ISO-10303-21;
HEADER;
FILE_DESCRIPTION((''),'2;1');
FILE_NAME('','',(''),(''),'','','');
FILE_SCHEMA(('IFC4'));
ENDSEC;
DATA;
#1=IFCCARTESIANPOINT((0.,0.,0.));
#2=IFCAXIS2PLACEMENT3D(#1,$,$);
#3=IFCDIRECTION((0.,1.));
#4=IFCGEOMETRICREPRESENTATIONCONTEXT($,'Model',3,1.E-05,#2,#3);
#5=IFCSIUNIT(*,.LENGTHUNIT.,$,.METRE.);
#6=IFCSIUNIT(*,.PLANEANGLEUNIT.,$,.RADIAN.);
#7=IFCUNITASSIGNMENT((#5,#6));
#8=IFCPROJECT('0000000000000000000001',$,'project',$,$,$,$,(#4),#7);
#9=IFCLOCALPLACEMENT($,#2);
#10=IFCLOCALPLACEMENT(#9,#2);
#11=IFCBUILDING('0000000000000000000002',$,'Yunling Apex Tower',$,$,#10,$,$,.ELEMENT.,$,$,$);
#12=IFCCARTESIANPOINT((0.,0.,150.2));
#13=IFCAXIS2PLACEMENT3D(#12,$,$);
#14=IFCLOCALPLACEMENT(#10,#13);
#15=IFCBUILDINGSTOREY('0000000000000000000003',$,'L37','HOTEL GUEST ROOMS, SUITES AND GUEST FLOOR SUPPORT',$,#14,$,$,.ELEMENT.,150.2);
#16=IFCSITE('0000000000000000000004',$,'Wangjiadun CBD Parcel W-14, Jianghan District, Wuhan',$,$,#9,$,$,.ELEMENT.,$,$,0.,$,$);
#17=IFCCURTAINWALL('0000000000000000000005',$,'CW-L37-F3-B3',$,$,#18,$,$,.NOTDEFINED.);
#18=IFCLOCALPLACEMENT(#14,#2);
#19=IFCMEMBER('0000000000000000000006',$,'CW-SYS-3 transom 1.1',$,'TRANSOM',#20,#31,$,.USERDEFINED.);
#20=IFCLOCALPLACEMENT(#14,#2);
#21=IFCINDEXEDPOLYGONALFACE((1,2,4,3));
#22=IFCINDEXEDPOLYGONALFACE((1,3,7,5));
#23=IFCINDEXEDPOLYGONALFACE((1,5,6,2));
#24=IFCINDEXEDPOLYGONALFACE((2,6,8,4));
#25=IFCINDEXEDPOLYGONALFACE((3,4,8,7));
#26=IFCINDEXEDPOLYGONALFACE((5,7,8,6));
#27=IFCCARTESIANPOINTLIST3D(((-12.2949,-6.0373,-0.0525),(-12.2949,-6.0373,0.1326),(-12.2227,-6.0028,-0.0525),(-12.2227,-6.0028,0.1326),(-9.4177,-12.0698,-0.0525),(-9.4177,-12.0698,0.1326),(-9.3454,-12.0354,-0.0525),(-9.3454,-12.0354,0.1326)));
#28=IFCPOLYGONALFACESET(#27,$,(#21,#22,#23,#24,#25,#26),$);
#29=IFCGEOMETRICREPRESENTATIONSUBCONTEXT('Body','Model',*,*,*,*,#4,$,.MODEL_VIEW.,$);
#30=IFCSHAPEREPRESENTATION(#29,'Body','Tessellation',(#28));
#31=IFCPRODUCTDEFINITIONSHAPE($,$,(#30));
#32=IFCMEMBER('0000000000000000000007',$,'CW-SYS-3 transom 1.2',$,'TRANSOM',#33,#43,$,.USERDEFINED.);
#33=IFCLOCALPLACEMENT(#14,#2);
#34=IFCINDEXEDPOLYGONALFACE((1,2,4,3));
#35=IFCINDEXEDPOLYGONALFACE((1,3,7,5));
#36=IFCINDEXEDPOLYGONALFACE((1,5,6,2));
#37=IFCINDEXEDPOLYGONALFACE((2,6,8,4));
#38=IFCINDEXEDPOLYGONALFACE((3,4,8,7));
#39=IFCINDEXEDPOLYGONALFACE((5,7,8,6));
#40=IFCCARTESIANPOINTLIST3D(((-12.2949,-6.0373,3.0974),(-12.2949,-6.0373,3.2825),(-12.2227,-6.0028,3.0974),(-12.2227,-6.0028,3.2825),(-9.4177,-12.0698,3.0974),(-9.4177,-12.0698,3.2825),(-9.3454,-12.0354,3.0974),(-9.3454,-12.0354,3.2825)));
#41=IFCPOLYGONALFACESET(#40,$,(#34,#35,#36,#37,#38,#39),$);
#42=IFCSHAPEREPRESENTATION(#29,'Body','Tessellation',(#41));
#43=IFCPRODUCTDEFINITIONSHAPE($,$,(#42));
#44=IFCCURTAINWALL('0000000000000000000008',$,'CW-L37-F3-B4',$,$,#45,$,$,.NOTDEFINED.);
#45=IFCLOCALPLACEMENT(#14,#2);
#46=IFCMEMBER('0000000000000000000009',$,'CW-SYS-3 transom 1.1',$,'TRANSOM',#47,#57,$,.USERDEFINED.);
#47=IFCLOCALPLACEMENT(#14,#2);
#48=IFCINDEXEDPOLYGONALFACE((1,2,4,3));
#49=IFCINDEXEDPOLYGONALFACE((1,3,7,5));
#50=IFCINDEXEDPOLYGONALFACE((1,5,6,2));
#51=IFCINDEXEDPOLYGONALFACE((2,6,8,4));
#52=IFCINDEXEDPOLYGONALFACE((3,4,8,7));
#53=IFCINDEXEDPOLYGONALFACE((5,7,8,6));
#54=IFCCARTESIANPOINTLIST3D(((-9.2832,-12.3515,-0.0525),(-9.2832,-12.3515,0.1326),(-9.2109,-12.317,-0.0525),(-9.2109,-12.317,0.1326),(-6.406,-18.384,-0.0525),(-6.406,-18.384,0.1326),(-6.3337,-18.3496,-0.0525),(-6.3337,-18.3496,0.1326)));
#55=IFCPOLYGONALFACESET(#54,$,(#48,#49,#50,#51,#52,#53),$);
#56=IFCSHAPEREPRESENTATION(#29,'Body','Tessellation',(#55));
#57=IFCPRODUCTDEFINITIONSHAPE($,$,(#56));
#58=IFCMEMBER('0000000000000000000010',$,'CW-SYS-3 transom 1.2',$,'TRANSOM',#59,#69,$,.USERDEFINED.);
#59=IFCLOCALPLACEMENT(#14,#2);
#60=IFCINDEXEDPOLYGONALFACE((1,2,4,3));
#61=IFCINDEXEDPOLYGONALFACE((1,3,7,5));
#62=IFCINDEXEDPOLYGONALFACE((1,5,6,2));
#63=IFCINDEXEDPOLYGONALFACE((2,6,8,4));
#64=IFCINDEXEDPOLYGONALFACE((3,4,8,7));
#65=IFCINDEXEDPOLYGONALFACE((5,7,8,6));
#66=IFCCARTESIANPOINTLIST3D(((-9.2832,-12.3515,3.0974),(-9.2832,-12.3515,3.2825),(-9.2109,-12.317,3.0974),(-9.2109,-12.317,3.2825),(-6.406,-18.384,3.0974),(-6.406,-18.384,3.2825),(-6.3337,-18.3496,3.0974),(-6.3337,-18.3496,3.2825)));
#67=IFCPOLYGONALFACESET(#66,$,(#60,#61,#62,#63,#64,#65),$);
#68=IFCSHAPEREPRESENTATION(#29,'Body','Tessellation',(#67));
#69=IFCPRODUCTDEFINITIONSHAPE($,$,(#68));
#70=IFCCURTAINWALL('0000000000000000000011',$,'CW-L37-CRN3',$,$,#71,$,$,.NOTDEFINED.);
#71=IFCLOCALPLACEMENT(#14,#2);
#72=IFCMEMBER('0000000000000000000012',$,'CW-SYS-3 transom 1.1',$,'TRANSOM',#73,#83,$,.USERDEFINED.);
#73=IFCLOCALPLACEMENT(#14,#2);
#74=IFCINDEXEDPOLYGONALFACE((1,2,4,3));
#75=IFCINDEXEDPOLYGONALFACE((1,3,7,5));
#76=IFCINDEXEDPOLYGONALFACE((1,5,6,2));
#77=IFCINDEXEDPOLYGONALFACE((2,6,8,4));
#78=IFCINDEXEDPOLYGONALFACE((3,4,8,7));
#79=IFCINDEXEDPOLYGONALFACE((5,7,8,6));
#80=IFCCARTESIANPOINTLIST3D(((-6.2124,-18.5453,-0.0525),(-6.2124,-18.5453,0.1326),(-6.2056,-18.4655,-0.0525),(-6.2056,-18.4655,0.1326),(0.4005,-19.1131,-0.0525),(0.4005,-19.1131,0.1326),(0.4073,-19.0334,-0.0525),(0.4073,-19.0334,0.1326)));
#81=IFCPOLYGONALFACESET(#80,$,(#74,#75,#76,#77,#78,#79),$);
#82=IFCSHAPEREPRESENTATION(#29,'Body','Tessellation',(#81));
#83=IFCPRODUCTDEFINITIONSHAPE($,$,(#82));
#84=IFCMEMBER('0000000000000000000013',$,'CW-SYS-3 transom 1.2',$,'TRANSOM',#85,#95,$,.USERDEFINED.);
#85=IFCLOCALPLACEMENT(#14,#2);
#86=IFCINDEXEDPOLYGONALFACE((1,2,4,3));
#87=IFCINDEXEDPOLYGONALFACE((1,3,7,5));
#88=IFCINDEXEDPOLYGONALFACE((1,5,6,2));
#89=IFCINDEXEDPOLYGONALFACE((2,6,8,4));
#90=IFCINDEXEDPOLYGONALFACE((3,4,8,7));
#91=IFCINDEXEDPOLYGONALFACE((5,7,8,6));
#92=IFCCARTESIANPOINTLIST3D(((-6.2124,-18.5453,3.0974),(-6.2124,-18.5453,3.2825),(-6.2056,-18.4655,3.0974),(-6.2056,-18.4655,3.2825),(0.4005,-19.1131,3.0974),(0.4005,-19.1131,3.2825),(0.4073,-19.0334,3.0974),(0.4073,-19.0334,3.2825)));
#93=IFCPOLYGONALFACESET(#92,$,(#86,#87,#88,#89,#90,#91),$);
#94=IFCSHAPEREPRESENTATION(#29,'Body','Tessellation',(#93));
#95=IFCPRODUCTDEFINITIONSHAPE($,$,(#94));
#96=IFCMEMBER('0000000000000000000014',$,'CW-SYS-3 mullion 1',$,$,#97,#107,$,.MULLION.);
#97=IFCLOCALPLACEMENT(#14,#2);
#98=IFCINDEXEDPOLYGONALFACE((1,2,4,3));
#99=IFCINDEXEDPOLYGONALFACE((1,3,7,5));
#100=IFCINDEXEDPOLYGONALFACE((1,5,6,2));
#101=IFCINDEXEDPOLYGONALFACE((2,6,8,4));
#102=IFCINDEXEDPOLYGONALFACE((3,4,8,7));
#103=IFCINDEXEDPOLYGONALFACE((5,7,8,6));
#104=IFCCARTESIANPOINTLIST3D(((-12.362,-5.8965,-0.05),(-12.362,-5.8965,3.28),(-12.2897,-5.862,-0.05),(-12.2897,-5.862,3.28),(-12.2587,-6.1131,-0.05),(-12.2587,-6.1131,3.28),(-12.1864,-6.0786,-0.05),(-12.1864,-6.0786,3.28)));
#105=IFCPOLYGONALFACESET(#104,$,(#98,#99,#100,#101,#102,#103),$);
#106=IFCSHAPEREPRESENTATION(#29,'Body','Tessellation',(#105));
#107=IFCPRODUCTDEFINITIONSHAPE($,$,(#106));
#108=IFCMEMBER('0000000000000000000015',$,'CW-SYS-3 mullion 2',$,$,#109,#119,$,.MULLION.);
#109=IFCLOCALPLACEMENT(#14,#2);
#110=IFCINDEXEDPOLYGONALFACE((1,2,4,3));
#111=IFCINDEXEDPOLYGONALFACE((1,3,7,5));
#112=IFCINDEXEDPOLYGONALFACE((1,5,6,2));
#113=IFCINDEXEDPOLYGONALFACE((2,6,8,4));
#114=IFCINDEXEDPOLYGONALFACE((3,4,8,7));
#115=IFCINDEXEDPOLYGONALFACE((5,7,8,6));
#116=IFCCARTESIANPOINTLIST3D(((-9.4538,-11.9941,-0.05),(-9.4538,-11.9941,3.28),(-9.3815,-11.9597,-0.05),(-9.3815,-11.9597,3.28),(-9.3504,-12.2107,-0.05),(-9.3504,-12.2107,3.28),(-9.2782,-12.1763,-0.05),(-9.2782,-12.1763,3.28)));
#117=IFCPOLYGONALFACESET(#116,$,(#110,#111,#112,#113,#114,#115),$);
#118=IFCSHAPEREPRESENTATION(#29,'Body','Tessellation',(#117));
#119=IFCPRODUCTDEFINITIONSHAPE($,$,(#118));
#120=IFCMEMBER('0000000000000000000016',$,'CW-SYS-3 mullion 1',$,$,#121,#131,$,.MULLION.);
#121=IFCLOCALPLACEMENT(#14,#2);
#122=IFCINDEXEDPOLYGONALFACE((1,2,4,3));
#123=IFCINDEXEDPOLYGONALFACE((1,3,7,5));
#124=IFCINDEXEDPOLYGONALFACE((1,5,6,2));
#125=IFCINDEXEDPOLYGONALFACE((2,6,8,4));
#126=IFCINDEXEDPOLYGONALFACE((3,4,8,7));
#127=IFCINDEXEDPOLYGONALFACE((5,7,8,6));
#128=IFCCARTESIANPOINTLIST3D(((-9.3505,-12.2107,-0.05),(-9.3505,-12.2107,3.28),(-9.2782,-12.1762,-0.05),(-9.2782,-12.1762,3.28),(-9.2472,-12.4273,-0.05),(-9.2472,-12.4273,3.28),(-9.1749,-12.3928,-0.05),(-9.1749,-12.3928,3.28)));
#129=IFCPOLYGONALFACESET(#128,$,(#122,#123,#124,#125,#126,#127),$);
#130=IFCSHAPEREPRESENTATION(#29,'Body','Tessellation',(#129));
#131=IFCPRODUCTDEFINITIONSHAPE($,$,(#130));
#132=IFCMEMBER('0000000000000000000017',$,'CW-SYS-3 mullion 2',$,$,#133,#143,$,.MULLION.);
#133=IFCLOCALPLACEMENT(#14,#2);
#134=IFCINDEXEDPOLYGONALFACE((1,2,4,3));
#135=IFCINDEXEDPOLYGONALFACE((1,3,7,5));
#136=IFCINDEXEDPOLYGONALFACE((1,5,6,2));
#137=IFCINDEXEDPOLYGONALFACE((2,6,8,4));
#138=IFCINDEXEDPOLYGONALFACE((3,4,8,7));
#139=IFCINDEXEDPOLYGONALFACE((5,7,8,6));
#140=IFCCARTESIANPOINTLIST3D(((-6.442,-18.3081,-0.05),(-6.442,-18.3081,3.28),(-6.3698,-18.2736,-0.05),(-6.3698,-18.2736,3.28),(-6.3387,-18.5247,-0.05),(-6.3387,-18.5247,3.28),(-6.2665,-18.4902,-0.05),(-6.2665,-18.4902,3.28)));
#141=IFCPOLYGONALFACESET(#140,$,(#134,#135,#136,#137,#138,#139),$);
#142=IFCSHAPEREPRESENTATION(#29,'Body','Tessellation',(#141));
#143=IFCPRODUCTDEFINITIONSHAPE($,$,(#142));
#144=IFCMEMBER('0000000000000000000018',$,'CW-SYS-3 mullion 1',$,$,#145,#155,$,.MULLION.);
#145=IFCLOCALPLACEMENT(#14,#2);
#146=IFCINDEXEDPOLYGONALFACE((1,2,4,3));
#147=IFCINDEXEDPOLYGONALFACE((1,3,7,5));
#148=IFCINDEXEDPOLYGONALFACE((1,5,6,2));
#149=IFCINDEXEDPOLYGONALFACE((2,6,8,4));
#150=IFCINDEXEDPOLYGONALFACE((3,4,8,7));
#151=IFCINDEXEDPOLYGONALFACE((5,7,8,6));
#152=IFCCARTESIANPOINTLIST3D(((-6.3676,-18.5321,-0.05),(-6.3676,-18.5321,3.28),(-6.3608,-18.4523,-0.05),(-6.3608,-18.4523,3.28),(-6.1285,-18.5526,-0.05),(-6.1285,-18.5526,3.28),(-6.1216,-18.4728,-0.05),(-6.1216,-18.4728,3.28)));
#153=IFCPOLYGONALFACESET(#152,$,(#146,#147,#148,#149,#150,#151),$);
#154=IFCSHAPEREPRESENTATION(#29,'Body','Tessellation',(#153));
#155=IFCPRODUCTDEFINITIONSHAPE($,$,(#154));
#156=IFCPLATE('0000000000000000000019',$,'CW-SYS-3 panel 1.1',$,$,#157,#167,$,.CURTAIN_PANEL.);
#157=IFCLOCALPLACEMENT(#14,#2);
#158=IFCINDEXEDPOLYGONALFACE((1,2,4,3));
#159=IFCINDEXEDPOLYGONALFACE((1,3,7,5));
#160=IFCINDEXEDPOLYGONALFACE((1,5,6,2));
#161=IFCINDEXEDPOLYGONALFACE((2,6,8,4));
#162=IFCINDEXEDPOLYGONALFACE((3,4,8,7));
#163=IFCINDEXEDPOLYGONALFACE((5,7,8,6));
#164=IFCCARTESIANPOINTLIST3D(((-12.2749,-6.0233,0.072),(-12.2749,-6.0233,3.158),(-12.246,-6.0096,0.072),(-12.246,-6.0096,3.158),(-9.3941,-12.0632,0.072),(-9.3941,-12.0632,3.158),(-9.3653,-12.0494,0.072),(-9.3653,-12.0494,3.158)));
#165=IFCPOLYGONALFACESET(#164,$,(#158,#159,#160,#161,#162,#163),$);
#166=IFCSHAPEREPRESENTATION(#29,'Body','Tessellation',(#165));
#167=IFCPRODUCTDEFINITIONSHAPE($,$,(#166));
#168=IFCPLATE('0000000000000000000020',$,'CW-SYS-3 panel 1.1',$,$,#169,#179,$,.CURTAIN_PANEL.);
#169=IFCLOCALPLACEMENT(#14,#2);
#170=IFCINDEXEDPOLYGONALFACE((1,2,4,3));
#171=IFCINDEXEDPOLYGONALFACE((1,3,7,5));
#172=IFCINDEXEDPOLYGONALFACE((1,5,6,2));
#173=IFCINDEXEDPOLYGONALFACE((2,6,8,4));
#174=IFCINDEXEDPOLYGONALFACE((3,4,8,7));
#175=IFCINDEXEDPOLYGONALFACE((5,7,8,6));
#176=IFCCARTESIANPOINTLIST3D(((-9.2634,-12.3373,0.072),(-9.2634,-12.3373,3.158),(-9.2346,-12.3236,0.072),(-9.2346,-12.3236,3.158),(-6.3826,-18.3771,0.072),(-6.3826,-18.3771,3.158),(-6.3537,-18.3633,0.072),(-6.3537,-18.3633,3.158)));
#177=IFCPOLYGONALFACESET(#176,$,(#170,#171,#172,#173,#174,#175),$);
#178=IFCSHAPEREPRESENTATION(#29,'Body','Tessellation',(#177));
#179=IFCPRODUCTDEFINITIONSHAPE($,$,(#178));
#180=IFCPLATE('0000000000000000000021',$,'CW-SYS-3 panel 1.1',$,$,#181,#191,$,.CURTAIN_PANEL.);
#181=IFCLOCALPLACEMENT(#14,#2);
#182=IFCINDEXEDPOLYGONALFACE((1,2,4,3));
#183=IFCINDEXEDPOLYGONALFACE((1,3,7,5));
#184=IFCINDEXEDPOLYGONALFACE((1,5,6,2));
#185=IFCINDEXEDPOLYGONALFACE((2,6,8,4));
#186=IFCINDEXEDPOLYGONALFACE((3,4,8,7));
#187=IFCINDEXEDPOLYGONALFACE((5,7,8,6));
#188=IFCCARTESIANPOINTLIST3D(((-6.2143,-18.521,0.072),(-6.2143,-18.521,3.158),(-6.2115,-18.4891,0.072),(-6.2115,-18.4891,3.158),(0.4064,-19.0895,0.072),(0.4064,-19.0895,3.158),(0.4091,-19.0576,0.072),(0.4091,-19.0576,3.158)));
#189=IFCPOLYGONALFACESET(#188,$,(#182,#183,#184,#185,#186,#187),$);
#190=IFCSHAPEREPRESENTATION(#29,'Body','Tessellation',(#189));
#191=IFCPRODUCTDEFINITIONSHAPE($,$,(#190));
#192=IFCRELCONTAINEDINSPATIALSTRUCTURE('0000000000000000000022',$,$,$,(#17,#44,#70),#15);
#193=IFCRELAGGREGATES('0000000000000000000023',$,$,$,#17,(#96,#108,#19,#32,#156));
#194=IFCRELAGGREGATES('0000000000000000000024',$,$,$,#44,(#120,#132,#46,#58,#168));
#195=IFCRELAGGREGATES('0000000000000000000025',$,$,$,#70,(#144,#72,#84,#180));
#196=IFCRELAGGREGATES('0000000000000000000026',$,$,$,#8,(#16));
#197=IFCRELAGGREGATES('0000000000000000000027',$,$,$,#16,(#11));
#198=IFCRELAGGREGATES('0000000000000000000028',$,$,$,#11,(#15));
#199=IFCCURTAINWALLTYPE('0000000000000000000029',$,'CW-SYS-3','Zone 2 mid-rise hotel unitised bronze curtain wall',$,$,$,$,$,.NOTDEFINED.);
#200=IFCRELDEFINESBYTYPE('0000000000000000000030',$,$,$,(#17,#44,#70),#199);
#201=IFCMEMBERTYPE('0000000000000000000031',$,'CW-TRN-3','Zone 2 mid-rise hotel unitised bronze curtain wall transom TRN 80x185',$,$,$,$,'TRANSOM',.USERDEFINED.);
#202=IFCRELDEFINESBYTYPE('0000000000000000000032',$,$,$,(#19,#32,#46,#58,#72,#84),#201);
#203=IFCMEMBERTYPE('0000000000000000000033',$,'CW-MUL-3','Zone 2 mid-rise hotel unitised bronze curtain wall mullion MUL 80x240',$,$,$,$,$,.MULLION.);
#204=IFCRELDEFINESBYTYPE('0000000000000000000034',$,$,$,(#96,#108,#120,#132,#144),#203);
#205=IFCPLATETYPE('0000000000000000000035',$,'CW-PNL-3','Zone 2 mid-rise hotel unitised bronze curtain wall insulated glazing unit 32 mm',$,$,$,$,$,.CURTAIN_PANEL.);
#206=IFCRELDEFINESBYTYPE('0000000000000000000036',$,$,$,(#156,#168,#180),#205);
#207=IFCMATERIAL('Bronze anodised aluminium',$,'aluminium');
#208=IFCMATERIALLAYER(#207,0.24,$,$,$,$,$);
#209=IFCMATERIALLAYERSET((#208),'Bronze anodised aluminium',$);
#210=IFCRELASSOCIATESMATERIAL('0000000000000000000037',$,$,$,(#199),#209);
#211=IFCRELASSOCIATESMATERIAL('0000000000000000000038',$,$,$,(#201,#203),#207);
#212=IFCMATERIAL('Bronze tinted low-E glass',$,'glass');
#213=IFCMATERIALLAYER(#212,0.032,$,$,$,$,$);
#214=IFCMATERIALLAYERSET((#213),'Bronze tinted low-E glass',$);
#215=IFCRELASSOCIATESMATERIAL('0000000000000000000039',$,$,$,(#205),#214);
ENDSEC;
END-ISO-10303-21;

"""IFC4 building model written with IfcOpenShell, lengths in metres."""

from ifc_helpers import new_model, si_unit, direction, frame, origin, origin_2d, place, context, subcontext, project, spatial, rectangle, extrude, source, transform, mapped, material, layer, layer_set, material_profile, profile_set, type_object, element, aggregate, save


model = new_model("IFC4")

# Units and contexts
model_context = context("Model", 3, precision=1e-05, world=origin(), true_north=direction((0.0, 1.0)))
body_context = subcontext(model_context, "Body", "Model", "MODEL_VIEW")
ifc_project = project(units=[si_unit("LENGTHUNIT", "METRE"), si_unit("PLANEANGLEUNIT", "RADIAN")], contexts=[model_context])

# Site, building, storey
site_placement = place(None, origin())
site = spatial("IfcSite", under=ifc_project, at=site_placement, Name="Wangjiadun CBD Parcel W-14, Jianghan District, Wuhan", CompositionType="ELEMENT", RefElevation=0.0)
building_placement = place(site_placement, origin())
building = spatial("IfcBuilding", under=site, at=building_placement, Name="Yunling Apex Tower", CompositionType="ELEMENT")
storey_placement = place(building_placement, frame((0.0, 0.0, 150.2)))
storey = spatial("IfcBuildingStorey", under=building, at=storey_placement, Name="L37", Description="HOTEL GUEST ROOMS, SUITES AND GUEST FLOOR SUPPORT", CompositionType="ELEMENT", Elevation=150.2)

# Curtain walls, members
ifc_material_1 = material(Name="Bronze anodised aluminium", Category="aluminium")
ifc_layer_1 = layer(ifc_material_1, 0.24)
ifc_layer_set_1 = layer_set([ifc_layer_1], Name="Bronze anodised aluminium")
curtain_wall_type = type_object("IfcCurtainWallType", Name="CW-SYS-3", Description="Zone 2 mid-rise hotel unitised bronze curtain wall", PredefinedType="NOTDEFINED", material=ifc_layer_set_1)
curtain_wall_1_placement = place(storey_placement, origin())
curtain_wall_1 = element("IfcCurtainWall", 1, at=curtain_wall_1_placement, inside=storey, type_object=curtain_wall_type, Name="CW-L37-F3-B3", PredefinedType="NOTDEFINED")
ifc_material_profile_1 = material_profile(ifc_material_1, rectangle(XDim=0.0801, YDim=0.1851, at=origin_2d()))
ifc_profile_set_1 = profile_set([ifc_material_profile_1], Name="Bronze anodised aluminium")
member_type_1 = type_object("IfcMemberType", Name="CW-TRN-3", Description="Zone 2 mid-rise hotel unitised bronze curtain wall transom TRN 80x185", ElementType="TRANSOM", PredefinedType="USERDEFINED", material=ifc_profile_set_1)
shared_shape_1 = source(origin(), body_context, "Body", "SweptSolid", [
    extrude(rectangle(XDim=0.0801, YDim=0.1851, at=origin_2d()), origin(), (0.0, 0.0, 1.0), 6.6836),
])
member_1_placement = place(storey_placement, frame((-12.2588, -6.02, 0.04), z_axis=(0.430494, -0.902594, 0.0), x_axis=(0.902594, 0.430494, 0.0)))
member_1 = element("IfcMember", 2, at=member_1_placement, type_object=member_type_1, Name="CW-SYS-3 transom 1.1", ObjectType="TRANSOM", PredefinedType="USERDEFINED", context=body_context, shape_type="MappedRepresentation", body=[
    mapped(shared_shape_1, transform((0.0, 0.0, 0.0), scale=1.0)),
])
member_2_placement = place(storey_placement, frame((-12.2588, -6.02, 3.1899), z_axis=(0.430494, -0.902594, 0.0), x_axis=(0.902594, 0.430494, 0.0)))
member_2 = element("IfcMember", 3, at=member_2_placement, type_object=member_type_1, Name="CW-SYS-3 transom 1.2", ObjectType="TRANSOM", PredefinedType="USERDEFINED", context=body_context, shape_type="MappedRepresentation", body=[
    mapped(shared_shape_1, transform((0.0, 0.0, 0.0), scale=1.0)),
])
curtain_wall_2_placement = place(storey_placement, origin())
curtain_wall_2 = element("IfcCurtainWall", 4, at=curtain_wall_2_placement, inside=storey, type_object=curtain_wall_type, Name="CW-L37-F3-B4", PredefinedType="NOTDEFINED")
member_3_placement = place(storey_placement, frame((-9.2471, -12.3342, 0.04), z_axis=(0.430494, -0.902594, 0.0), x_axis=(0.902594, 0.430494, 0.0)))
member_3 = element("IfcMember", 5, at=member_3_placement, type_object=member_type_1, Name="CW-SYS-3 transom 1.1", ObjectType="TRANSOM", PredefinedType="USERDEFINED", context=body_context, shape_type="MappedRepresentation", body=[
    mapped(shared_shape_1, transform((0.0, 0.0, 0.0), scale=1.0)),
])
member_4_placement = place(storey_placement, frame((-9.2471, -12.3342, 3.1899), z_axis=(0.430494, -0.902594, 0.0), x_axis=(0.902594, 0.430494, 0.0)))
member_4 = element("IfcMember", 6, at=member_4_placement, type_object=member_type_1, Name="CW-SYS-3 transom 1.2", ObjectType="TRANSOM", PredefinedType="USERDEFINED", context=body_context, shape_type="MappedRepresentation", body=[
    mapped(shared_shape_1, transform((0.0, 0.0, 0.0), scale=1.0)),
])
curtain_wall_3_placement = place(storey_placement, origin())
curtain_wall_3 = element("IfcCurtainWall", 7, at=curtain_wall_3_placement, inside=storey, type_object=curtain_wall_type, Name="CW-L37-CRN3", PredefinedType="NOTDEFINED")
shared_shape_2 = source(origin(), body_context, "Body", "SweptSolid", [
    extrude(rectangle(XDim=0.0801, YDim=0.1851, at=origin_2d()), origin(), (0.0, 0.0, 1.0), 6.6372),
])
member_5_placement = place(storey_placement, frame((-6.209, -18.5054, 0.04), z_axis=(0.996333, -0.08556, 0.0), x_axis=(0.08556, 0.996333, 0.0)))
member_5 = element("IfcMember", 8, at=member_5_placement, type_object=member_type_1, Name="CW-SYS-3 transom 1.1", ObjectType="TRANSOM", PredefinedType="USERDEFINED", context=body_context, shape_type="MappedRepresentation", body=[
    mapped(shared_shape_2, transform((0.0, 0.0, 0.0), scale=1.0)),
])
member_6_placement = place(storey_placement, frame((-6.209, -18.5054, 3.1899), z_axis=(0.996333, -0.08556, 0.0), x_axis=(0.08556, 0.996333, 0.0)))
member_6 = element("IfcMember", 9, at=member_6_placement, type_object=member_type_1, Name="CW-SYS-3 transom 1.2", ObjectType="TRANSOM", PredefinedType="USERDEFINED", context=body_context, shape_type="MappedRepresentation", body=[
    mapped(shared_shape_2, transform((0.0, 0.0, 0.0), scale=1.0)),
])

# Members
ifc_material_profile_2 = material_profile(ifc_material_1, rectangle(XDim=0.0801, YDim=0.24, at=origin_2d()))
ifc_profile_set_2 = profile_set([ifc_material_profile_2], Name="Bronze anodised aluminium")
member_type_2 = type_object("IfcMemberType", Name="CW-MUL-3", Description="Zone 2 mid-rise hotel unitised bronze curtain wall mullion MUL 80x240", PredefinedType="MULLION", material=ifc_profile_set_2)
shared_shape_3 = source(origin(), body_context, "Body", "SweptSolid", [
    extrude(rectangle(XDim=0.0801, YDim=0.24, at=origin_2d()), origin(), (0.0, 0.0, 1.0), 3.3301),
])
member_7_placement = place(storey_placement, frame((-12.2742, -5.9875, -0.05), z_axis=(0.0, 0.0, 1.0), x_axis=(0.902593, 0.430494, 0.0)))
member_7 = element("IfcMember", 10, at=member_7_placement, type_object=member_type_2, Name="CW-SYS-3 mullion 1", PredefinedType="MULLION", context=body_context, shape_type="MappedRepresentation", body=[
    mapped(shared_shape_3, transform((0.0, 0.0, 0.0), scale=1.0)),
])
member_8_placement = place(storey_placement, frame((-9.366, -12.0852, -0.05), z_axis=(0.0, 0.0, 1.0), x_axis=(0.902593, 0.430494, 0.0)))
member_8 = element("IfcMember", 11, at=member_8_placement, type_object=member_type_2, Name="CW-SYS-3 mullion 2", PredefinedType="MULLION", context=body_context, shape_type="MappedRepresentation", body=[
    mapped(shared_shape_3, transform((0.0, 0.0, 0.0), scale=1.0)),
])
member_9_placement = place(storey_placement, frame((-9.2627, -12.3018, -0.05), z_axis=(0.0, 0.0, 1.0), x_axis=(0.902585, 0.430512, 0.0)))
member_9 = element("IfcMember", 12, at=member_9_placement, type_object=member_type_2, Name="CW-SYS-3 mullion 1", PredefinedType="MULLION", context=body_context, shape_type="MappedRepresentation", body=[
    mapped(shared_shape_3, transform((0.0, 0.0, 0.0), scale=1.0)),
])
member_10_placement = place(storey_placement, frame((-6.3542, -18.3992, -0.05), z_axis=(0.0, 0.0, 1.0), x_axis=(0.902585, 0.430512, 0.0)))
member_10 = element("IfcMember", 13, at=member_10_placement, type_object=member_type_2, Name="CW-SYS-3 mullion 2", PredefinedType="MULLION", context=body_context, shape_type="MappedRepresentation", body=[
    mapped(shared_shape_3, transform((0.0, 0.0, 0.0), scale=1.0)),
])
member_11_placement = place(storey_placement, frame((-6.2446, -18.5024, -0.05), z_axis=(0.0, 0.0, 1.0), x_axis=(0.08555, 0.996334, 0.0)))
member_11 = element("IfcMember", 14, at=member_11_placement, type_object=member_type_2, Name="CW-SYS-3 mullion 1", PredefinedType="MULLION", context=body_context, shape_type="MappedRepresentation", body=[
    mapped(shared_shape_3, transform((0.0, 0.0, 0.0), scale=1.0)),
])

# Plates
ifc_material_2 = material(Name="Bronze tinted low-E glass", Category="glass")
ifc_layer_2 = layer(ifc_material_2, 0.032)
ifc_layer_set_2 = layer_set([ifc_layer_2], Name="Bronze tinted low-E glass")
plate_type = type_object("IfcPlateType", Name="CW-PNL-3", Description="Zone 2 mid-rise hotel unitised bronze curtain wall insulated glazing unit 32 mm", PredefinedType="CURTAIN_PANEL", material=ifc_layer_set_2)
shared_shape_4 = source(origin(), body_context, "Body", "SweptSolid", [
    extrude(rectangle(XDim=6.6917, YDim=0.032, at=origin_2d()), origin(), (0.0, 0.0, 1.0), 3.0859),
])
plate_1_placement = place(storey_placement, frame((-10.8201, -9.0364, 0.072), z_axis=(0.0, 0.0, 1.0), x_axis=(0.430494, -0.902593, 0.0)))
plate_1 = element("IfcPlate", 15, at=plate_1_placement, type_object=plate_type, Name="CW-SYS-3 panel 1.1", PredefinedType="CURTAIN_PANEL", context=body_context, shape_type="MappedRepresentation", body=[
    mapped(shared_shape_4, transform((0.0, 0.0, 0.0), scale=1.0)),
])
aggregate(curtain_wall_1, [member_7, member_8, member_1, member_2, plate_1])
plate_2_placement = place(storey_placement, frame((-7.8086, -15.3503, 0.072), z_axis=(0.0, 0.0, 1.0), x_axis=(0.430512, -0.902585, 0.0)))
plate_2 = element("IfcPlate", 16, at=plate_2_placement, type_object=plate_type, Name="CW-SYS-3 panel 1.1", PredefinedType="CURTAIN_PANEL", context=body_context, shape_type="MappedRepresentation", body=[
    mapped(shared_shape_4, transform((0.0, 0.0, 0.0), scale=1.0)),
])
aggregate(curtain_wall_2, [member_9, member_10, member_3, member_4, plate_2])
shared_shape_5 = source(origin(), body_context, "Body", "SweptSolid", [
    extrude(rectangle(XDim=6.645, YDim=0.032, at=origin_2d()), origin(), (0.0, 0.0, 1.0), 3.0859),
])
plate_3_placement = place(storey_placement, frame((-2.9026, -18.7893, 0.072), z_axis=(0.0, 0.0, 1.0), x_axis=(0.996334, -0.08555, 0.0)))
plate_3 = element("IfcPlate", 17, at=plate_3_placement, type_object=plate_type, Name="CW-SYS-3 panel 1.1", PredefinedType="CURTAIN_PANEL", context=body_context, shape_type="MappedRepresentation", body=[
    mapped(shared_shape_5, transform((0.0, 0.0, 0.0), scale=1.0)),
])
aggregate(curtain_wall_3, [member_11, member_5, member_6, plate_3])

save(model, "model.ifc")
